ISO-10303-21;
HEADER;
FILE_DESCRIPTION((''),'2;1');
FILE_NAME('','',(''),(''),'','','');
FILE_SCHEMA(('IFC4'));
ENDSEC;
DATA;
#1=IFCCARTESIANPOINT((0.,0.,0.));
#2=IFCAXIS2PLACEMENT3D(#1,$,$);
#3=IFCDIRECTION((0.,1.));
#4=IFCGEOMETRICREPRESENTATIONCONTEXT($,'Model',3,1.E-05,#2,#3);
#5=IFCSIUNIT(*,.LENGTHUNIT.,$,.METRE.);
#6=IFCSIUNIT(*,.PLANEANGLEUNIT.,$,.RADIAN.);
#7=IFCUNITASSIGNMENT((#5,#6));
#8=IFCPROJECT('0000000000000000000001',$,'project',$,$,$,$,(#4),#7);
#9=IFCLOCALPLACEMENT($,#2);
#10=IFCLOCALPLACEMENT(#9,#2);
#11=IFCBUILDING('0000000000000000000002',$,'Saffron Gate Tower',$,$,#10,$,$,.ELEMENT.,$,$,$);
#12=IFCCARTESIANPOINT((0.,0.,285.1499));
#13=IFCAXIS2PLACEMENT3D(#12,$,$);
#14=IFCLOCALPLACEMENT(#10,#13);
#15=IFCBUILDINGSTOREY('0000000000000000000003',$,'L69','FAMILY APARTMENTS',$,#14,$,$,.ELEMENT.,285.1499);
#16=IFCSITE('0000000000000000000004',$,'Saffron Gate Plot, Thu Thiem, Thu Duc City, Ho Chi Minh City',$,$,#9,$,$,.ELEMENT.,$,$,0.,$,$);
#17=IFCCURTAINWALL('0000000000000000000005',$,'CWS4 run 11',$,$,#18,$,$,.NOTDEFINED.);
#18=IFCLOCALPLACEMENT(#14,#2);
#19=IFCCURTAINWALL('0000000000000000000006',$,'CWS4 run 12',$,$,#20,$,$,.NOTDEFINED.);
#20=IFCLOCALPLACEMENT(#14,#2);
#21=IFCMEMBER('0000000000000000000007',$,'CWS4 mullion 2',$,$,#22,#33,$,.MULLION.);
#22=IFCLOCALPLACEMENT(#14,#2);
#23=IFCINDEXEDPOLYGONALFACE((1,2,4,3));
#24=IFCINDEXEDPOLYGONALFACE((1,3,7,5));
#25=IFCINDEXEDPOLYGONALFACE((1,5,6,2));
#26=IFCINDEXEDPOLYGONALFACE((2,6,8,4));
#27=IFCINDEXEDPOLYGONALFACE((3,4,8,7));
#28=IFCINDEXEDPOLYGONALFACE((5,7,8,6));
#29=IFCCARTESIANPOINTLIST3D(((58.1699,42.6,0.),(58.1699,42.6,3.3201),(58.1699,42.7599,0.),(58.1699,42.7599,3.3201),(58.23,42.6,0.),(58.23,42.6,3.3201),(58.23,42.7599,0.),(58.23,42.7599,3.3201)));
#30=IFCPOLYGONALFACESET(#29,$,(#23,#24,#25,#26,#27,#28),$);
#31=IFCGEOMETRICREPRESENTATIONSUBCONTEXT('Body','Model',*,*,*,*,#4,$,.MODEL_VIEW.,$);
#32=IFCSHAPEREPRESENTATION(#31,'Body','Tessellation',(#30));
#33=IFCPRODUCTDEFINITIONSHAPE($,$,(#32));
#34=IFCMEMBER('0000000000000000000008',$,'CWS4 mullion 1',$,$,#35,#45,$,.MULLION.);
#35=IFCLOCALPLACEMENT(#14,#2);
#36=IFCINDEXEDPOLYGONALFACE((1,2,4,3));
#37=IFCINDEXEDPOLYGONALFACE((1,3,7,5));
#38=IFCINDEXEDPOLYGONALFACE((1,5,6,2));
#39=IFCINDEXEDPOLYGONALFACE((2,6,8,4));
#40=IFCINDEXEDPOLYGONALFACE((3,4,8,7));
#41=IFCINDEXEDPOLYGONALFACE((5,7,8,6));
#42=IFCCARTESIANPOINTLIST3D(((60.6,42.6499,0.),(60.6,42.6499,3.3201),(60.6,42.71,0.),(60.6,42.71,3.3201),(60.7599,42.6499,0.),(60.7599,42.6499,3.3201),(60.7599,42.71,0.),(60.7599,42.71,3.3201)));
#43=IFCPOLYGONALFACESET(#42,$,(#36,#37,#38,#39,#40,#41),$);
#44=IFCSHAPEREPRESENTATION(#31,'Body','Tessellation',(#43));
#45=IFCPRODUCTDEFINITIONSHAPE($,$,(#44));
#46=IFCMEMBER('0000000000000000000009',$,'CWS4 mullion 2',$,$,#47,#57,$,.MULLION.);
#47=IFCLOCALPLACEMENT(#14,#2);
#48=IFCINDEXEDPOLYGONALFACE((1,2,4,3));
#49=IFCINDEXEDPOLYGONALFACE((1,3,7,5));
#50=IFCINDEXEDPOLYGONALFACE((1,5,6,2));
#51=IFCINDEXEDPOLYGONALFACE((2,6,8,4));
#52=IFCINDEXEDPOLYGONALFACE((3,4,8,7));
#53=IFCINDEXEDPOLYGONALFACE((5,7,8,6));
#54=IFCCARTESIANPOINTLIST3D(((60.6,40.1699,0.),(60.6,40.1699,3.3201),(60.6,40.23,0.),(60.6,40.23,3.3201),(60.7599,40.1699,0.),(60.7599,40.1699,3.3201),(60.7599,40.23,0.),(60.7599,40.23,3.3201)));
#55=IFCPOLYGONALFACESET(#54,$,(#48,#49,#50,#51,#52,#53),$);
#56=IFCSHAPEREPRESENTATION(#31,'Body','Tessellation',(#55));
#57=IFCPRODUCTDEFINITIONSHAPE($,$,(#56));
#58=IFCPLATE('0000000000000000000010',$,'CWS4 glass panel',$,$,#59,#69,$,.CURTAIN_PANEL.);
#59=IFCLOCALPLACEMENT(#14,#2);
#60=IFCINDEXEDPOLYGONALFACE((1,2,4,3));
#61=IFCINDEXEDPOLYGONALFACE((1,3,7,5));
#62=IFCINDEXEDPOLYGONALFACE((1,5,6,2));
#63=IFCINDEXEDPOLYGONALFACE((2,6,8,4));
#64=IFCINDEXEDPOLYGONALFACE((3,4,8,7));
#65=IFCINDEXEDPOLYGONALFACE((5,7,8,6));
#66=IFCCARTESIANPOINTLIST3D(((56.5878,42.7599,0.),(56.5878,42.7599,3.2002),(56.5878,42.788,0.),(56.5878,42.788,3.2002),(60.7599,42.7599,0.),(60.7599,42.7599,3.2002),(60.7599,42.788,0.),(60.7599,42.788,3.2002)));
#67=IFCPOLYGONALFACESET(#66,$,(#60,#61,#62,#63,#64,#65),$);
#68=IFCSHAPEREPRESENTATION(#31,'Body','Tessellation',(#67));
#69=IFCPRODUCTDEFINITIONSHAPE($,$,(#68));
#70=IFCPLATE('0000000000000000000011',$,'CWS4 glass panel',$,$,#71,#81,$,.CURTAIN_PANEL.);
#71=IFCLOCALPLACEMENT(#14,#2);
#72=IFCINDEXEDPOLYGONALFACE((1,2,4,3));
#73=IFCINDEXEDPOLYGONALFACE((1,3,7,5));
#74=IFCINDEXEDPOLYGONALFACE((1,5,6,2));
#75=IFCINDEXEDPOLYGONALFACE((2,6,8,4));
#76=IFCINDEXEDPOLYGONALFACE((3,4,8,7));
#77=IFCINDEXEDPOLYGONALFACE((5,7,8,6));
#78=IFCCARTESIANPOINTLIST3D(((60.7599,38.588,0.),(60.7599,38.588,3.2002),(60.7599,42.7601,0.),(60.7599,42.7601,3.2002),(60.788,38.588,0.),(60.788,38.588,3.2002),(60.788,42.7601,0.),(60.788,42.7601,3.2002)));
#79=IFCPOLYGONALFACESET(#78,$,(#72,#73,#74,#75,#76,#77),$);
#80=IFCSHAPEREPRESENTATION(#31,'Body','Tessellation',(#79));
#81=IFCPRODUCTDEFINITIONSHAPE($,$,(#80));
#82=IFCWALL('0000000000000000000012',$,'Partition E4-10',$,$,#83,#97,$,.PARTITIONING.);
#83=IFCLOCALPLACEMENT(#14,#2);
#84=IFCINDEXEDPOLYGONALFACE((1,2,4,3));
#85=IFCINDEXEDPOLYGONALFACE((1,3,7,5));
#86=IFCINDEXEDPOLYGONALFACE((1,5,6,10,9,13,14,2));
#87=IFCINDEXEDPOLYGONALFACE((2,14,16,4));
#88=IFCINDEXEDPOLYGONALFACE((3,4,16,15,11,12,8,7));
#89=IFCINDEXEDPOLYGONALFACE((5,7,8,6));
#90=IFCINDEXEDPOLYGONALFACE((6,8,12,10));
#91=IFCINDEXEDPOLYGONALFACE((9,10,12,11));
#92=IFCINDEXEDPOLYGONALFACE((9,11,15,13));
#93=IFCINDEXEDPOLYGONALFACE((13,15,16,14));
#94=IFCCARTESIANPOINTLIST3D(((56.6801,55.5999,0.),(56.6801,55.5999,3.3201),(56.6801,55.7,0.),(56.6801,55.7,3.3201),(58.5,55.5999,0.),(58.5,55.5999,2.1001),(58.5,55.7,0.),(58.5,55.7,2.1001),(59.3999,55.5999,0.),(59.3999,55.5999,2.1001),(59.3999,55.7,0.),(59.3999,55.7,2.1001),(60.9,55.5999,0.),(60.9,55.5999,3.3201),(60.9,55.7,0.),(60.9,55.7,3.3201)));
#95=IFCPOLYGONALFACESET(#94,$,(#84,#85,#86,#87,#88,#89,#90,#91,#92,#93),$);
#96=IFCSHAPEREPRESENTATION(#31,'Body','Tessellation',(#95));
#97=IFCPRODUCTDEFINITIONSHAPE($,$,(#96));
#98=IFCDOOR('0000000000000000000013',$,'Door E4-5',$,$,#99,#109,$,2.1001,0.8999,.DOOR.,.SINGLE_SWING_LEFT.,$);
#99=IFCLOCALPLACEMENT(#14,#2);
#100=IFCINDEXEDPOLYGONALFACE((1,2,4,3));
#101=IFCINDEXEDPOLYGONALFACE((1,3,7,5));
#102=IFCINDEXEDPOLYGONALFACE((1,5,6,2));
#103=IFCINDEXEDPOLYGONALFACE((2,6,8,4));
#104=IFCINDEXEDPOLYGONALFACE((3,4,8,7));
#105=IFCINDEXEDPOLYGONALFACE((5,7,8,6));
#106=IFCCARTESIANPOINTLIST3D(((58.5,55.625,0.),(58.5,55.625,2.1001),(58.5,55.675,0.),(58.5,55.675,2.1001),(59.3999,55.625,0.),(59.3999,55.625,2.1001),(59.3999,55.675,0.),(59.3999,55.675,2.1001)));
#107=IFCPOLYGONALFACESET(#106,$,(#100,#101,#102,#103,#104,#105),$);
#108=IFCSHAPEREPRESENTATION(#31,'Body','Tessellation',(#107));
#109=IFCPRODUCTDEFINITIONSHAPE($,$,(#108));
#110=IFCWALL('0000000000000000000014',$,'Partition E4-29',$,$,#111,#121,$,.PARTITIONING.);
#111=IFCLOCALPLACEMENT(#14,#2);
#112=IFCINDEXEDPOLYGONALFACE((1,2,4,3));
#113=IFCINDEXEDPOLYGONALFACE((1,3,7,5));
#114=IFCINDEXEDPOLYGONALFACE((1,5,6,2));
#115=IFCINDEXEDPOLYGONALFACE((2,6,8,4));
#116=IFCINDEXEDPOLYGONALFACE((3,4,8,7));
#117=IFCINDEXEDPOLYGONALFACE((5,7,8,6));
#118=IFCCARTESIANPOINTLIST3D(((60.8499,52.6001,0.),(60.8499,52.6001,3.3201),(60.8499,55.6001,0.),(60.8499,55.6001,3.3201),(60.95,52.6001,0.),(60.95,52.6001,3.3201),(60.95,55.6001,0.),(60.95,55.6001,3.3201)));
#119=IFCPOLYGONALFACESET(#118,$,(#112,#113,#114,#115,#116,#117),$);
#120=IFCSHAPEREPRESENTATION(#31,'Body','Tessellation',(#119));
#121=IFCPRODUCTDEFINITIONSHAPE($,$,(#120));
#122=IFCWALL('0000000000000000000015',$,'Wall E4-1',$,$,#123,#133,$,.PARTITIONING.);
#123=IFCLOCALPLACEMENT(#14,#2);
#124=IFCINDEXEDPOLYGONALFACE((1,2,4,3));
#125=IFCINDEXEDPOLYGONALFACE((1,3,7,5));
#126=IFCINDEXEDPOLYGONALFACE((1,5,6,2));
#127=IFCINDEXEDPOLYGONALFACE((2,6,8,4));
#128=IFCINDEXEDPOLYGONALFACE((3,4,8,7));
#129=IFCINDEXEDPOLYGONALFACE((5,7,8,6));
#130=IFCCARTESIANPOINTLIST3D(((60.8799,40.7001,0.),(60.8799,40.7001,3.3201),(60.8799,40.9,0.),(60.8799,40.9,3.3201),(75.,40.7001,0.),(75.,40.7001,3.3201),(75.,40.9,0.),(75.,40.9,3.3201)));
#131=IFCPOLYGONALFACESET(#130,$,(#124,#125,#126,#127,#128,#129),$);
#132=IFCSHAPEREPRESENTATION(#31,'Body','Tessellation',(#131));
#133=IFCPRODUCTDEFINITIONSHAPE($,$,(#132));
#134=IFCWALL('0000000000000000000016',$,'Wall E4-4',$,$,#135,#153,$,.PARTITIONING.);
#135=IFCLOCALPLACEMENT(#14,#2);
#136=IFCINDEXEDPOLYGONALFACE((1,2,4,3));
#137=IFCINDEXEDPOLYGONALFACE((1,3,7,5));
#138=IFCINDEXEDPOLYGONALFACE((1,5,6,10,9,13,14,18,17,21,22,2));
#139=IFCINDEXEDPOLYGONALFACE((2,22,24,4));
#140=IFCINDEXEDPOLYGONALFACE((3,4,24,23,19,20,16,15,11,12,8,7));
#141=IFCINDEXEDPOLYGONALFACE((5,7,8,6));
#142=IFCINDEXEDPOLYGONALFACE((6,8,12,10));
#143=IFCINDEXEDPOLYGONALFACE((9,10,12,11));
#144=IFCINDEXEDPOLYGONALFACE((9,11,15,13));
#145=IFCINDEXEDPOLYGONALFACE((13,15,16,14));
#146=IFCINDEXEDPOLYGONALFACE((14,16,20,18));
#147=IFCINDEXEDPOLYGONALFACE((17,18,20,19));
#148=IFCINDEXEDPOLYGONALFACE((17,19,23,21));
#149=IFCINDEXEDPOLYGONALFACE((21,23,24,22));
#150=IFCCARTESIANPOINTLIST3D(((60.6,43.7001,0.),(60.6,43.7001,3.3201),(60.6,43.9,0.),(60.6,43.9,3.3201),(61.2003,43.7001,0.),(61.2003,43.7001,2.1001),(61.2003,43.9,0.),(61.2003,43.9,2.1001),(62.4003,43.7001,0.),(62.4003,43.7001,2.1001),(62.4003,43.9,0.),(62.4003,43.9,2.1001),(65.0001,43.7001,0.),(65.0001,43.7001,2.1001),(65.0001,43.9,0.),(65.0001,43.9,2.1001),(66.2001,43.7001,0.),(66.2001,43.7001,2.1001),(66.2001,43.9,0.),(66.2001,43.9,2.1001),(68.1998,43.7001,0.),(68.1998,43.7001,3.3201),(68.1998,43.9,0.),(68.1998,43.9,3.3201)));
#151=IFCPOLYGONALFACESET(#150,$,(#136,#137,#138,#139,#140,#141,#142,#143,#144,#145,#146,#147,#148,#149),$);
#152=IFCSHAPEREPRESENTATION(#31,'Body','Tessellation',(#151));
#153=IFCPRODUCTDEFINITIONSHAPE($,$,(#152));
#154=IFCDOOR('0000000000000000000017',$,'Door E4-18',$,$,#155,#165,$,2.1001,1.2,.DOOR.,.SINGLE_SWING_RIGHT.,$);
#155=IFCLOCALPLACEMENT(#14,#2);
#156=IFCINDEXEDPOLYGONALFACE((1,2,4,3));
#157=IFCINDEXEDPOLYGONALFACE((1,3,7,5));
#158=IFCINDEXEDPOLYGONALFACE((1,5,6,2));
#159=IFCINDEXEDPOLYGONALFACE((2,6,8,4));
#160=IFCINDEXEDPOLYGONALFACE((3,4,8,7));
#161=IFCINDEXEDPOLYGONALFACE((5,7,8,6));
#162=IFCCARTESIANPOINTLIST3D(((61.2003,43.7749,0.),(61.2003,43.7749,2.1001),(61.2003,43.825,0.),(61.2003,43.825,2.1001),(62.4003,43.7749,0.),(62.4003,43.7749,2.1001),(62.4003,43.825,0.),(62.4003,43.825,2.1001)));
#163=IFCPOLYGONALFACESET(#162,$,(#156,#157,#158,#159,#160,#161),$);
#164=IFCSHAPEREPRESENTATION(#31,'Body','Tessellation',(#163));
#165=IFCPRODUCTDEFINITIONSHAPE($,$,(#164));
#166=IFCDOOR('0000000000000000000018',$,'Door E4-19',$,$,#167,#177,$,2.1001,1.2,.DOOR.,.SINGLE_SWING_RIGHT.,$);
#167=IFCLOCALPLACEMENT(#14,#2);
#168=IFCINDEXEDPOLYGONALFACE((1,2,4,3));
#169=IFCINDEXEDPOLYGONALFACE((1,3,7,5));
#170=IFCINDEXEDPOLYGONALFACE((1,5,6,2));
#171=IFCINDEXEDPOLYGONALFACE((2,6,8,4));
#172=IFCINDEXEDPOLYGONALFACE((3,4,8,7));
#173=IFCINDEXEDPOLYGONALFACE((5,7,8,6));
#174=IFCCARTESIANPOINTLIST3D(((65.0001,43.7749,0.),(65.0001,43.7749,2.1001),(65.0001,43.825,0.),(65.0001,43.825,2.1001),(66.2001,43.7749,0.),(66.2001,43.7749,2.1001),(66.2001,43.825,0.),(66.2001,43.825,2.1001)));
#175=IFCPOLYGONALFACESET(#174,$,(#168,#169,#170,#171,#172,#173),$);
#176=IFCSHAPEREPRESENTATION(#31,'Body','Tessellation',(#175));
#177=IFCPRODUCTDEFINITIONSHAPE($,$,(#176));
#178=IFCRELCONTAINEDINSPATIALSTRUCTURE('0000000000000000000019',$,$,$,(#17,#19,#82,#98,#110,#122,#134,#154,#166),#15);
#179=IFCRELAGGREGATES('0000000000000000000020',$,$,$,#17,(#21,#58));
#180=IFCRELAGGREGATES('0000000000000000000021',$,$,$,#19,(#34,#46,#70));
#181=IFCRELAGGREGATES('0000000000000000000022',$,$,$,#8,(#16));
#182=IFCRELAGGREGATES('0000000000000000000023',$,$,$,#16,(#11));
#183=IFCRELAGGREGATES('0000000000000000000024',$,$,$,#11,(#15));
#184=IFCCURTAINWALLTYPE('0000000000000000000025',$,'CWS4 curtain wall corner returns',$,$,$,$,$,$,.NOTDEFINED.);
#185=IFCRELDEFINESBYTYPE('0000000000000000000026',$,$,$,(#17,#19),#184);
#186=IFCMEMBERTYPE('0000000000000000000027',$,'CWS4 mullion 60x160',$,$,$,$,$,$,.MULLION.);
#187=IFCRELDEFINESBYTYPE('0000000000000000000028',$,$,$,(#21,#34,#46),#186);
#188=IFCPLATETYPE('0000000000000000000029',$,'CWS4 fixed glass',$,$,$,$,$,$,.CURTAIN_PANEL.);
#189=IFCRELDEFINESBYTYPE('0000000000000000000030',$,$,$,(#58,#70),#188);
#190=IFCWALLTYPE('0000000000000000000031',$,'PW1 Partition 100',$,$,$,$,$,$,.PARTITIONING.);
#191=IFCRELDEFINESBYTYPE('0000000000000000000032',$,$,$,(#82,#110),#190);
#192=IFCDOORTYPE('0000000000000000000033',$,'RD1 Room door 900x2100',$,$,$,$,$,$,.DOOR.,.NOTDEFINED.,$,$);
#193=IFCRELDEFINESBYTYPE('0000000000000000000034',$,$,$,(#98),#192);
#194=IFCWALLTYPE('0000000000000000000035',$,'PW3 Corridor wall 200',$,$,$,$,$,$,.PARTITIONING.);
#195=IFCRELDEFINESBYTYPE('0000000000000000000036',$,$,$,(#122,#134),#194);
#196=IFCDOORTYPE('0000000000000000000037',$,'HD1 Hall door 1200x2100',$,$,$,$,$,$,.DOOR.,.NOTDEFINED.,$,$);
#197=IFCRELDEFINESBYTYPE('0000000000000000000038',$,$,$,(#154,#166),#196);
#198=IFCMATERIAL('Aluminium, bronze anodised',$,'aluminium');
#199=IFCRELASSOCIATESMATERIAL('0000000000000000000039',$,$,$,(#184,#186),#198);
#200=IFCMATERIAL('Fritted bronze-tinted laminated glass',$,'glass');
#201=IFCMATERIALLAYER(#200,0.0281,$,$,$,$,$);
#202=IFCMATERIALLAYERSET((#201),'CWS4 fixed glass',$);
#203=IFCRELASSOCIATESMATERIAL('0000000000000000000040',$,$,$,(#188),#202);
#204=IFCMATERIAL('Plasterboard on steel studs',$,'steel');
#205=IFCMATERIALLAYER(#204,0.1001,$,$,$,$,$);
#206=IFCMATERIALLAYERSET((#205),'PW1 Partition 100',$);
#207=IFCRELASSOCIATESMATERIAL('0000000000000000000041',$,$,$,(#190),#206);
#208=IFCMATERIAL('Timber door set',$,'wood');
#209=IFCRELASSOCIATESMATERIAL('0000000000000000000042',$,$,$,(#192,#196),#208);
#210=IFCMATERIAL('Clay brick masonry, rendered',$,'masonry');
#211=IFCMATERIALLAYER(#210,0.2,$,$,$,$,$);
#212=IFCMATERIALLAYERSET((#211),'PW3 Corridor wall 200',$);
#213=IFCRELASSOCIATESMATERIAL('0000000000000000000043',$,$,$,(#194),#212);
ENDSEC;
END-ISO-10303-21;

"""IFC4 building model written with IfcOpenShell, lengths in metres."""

from ifc_helpers import new_model, si_unit, direction, frame, frame_2d, origin, origin_2d, place, context, subcontext, project, spatial, rectangle, extrude, material, layer, layer_set, material_profile, profile_set, type_object, element, fill, aggregate, save


model = new_model("IFC4")

# Units and contexts
model_context = context("Model", 3, precision=1e-05, world=origin(), true_north=direction((0.0, 1.0)))
body_context = subcontext(model_context, "Body", "Model", "MODEL_VIEW")
ifc_project = project(units=[si_unit("LENGTHUNIT", "METRE"), si_unit("PLANEANGLEUNIT", "RADIAN")], contexts=[model_context])

# Site, building, storey
site_placement = place(None, origin())
site = spatial("IfcSite", under=ifc_project, at=site_placement, Name="Saffron Gate Plot, Thu Thiem, Thu Duc City, Ho Chi Minh City", CompositionType="ELEMENT", RefElevation=0.0)
building_placement = place(site_placement, origin())
building = spatial("IfcBuilding", under=site, at=building_placement, Name="Saffron Gate Tower", CompositionType="ELEMENT")
storey_placement = place(building_placement, frame((0.0, 0.0, 285.1499)))
storey = spatial("IfcBuildingStorey", under=building, at=storey_placement, Name="L69", Description="FAMILY APARTMENTS", CompositionType="ELEMENT", Elevation=285.1499)

# Shared definitions
ifc_material_1 = material(Name="Aluminium, bronze anodised", Category="aluminium")

# Curtain walls
curtain_wall_type_1 = type_object("IfcCurtainWallType", Name="CWS4 curtain wall corner returns", PredefinedType="NOTDEFINED", material=ifc_material_1)
curtain_wall_1_placement = place(storey_placement, origin())
curtain_wall_1 = element("IfcCurtainWall", 1, at=curtain_wall_1_placement, inside=storey, type_object=curtain_wall_type_1, Name="CWS4 run 11", PredefinedType="NOTDEFINED")
curtain_wall_2_placement = place(storey_placement, origin())
curtain_wall_2 = element("IfcCurtainWall", 2, at=curtain_wall_2_placement, inside=storey, type_object=curtain_wall_type_1, Name="CWS4 run 12", PredefinedType="NOTDEFINED")

# Members
ifc_material_profile_1 = material_profile(ifc_material_1, rectangle(XDim=0.1599, YDim=0.0601, at=origin_2d()))
ifc_profile_set_1 = profile_set([ifc_material_profile_1], Name="Aluminium, bronze anodised")
member_type_1 = type_object("IfcMemberType", Name="CWS4 mullion 60x160", PredefinedType="MULLION", material=ifc_profile_set_1)
member_1_placement = place(storey_placement, frame((58.2, 42.6799, 0.0), z_axis=(0.0, 0.0, 1.0), x_axis=(0.0, 1.0, 0.0)))
member_1 = element("IfcMember", 3, at=member_1_placement, type_object=member_type_1, Name="CWS4 mullion 2", PredefinedType="MULLION", context=body_context, shape_type="SweptSolid", body=[
    extrude(rectangle(XDim=0.1599, YDim=0.0601, at=origin_2d()), origin(), (0.0, 0.0, 1.0), 3.3201),
])
member_2_placement = place(storey_placement, frame((60.6799, 42.6799, 0.0), z_axis=(0.0, 0.0, 1.0), x_axis=(1.0, 0.0, 0.0)))
member_2 = element("IfcMember", 4, at=member_2_placement, type_object=member_type_1, Name="CWS4 mullion 1", PredefinedType="MULLION", context=body_context, shape_type="SweptSolid", body=[
    extrude(rectangle(XDim=0.1599, YDim=0.0601, at=origin_2d()), origin(), (0.0, 0.0, 1.0), 3.3201),
])
member_3_placement = place(storey_placement, frame((60.6799, 40.2, 0.0), z_axis=(0.0, 0.0, 1.0), x_axis=(1.0, 0.0, 0.0)))
member_3 = element("IfcMember", 5, at=member_3_placement, type_object=member_type_1, Name="CWS4 mullion 2", PredefinedType="MULLION", context=body_context, shape_type="SweptSolid", body=[
    extrude(rectangle(XDim=0.1599, YDim=0.0601, at=origin_2d()), origin(), (0.0, 0.0, 1.0), 3.3201),
])

# Plates
ifc_material_2 = material(Name="Fritted bronze-tinted laminated glass", Category="glass")
ifc_layer_1 = layer(ifc_material_2, 0.0281)
ifc_layer_set_1 = layer_set([ifc_layer_1], Name="CWS4 fixed glass")
plate_type = type_object("IfcPlateType", Name="CWS4 fixed glass", PredefinedType="CURTAIN_PANEL", material=ifc_layer_set_1)
plate_1_placement = place(storey_placement, frame((56.5879, 42.7739, 0.0), z_axis=(0.0, 0.0, 1.0), x_axis=(1.0, 0.0, 0.0)))
plate_1 = element("IfcPlate", 6, at=plate_1_placement, type_object=plate_type, Name="CWS4 glass panel", PredefinedType="CURTAIN_PANEL", context=body_context, shape_type="SweptSolid", body=[
    extrude(rectangle(XDim=4.1721, YDim=0.0281, at=frame_2d((2.0859, 0.0))), origin(), (0.0, 0.0, 1.0), 3.2002),
])
aggregate(curtain_wall_1, [member_1, plate_1])
plate_2_placement = place(storey_placement, frame((60.7739, 42.76, 0.0), z_axis=(0.0, 0.0, 1.0), x_axis=(0.0, -1.0, 0.0)))
plate_2 = element("IfcPlate", 7, at=plate_2_placement, type_object=plate_type, Name="CWS4 glass panel", PredefinedType="CURTAIN_PANEL", context=body_context, shape_type="SweptSolid", body=[
    extrude(rectangle(XDim=4.1721, YDim=0.0281, at=frame_2d((2.0859, 0.0))), origin(), (0.0, 0.0, 1.0), 3.2002),
])
aggregate(curtain_wall_2, [member_2, member_3, plate_2])

# Wall, opening, door
ifc_material_3 = material(Name="Plasterboard on steel studs", Category="steel")
ifc_layer_2 = layer(ifc_material_3, 0.1001)
ifc_layer_set_2 = layer_set([ifc_layer_2], Name="PW1 Partition 100")
wall_type_1 = type_object("IfcWallType", Name="PW1 Partition 100", PredefinedType="PARTITIONING", material=ifc_layer_set_2)
wall_1_placement = place(storey_placement, frame((60.8999, 55.6499, 0.0), z_axis=(0.0, 0.0, 1.0), x_axis=(-1.0, 0.0, 0.0)))
wall_1 = element("IfcWall", 8, at=wall_1_placement, inside=storey, type_object=wall_type_1, Name="Partition E4-10", PredefinedType="PARTITIONING", context=body_context, shape_type="SweptSolid", body=[
    extrude(rectangle(XDim=4.22, YDim=0.1001, at=frame_2d((2.1099, 0.0))), origin(), (0.0, 0.0, 1.0), 3.3201),
])
opening_1_placement = place(wall_1_placement, frame((1.5, 0.0, 0.0)))
opening_1 = element("IfcOpeningElement", 9, at=opening_1_placement, cuts=wall_1, PredefinedType="OPENING", context=body_context, shape_type="SweptSolid", body=[
    extrude(rectangle(XDim=0.8999, YDim=2.1001, at=frame_2d((0.45, 1.05))), frame((0.0, 0.0601, 0.0), z_axis=(0.0, -1.0, 0.0), x_axis=(1.0, 0.0, 0.0)), (0.0, 0.0, 1.0), 0.1201),
])
ifc_material_4 = material(Name="Timber door set", Category="wood")
door_type_1 = type_object("IfcDoorType", Name="RD1 Room door 900x2100", OperationType="NOTDEFINED", PredefinedType="DOOR", material=ifc_material_4)
door_1_placement = place(opening_1_placement, origin())
door_1 = element("IfcDoor", 10, at=door_1_placement, inside=storey, type_object=door_type_1, Name="Door E4-5", OperationType="SINGLE_SWING_LEFT", OverallHeight=2.1001, OverallWidth=0.8999, PredefinedType="DOOR", context=body_context, shape_type="SweptSolid", body=[
    extrude(rectangle(XDim=0.8999, YDim=2.1001, at=frame_2d((0.45, 1.05))), frame((0.0, 0.0249, 0.0), z_axis=(0.0, -1.0, 0.0), x_axis=(1.0, 0.0, 0.0)), (0.0, 0.0, 1.0), 0.05),
])
fill(opening_1, door_1)

# Walls
wall_2_placement = place(storey_placement, frame((60.8999, 55.6001, 0.0), z_axis=(0.0, 0.0, 1.0), x_axis=(0.0, -1.0, 0.0)))
element("IfcWall", 11, at=wall_2_placement, inside=storey, type_object=wall_type_1, Name="Partition E4-29", PredefinedType="PARTITIONING", context=body_context, shape_type="SweptSolid", body=[
    extrude(rectangle(XDim=3.0, YDim=0.1001, at=frame_2d((1.5, 0.0))), origin(), (0.0, 0.0, 1.0), 3.3201),
])
ifc_material_5 = material(Name="Clay brick masonry, rendered", Category="masonry")
ifc_layer_3 = layer(ifc_material_5, 0.2)
ifc_layer_set_3 = layer_set([ifc_layer_3], Name="PW3 Corridor wall 200")
wall_type_2 = type_object("IfcWallType", Name="PW3 Corridor wall 200", PredefinedType="PARTITIONING", material=ifc_layer_set_3)
wall_3_placement = place(storey_placement, frame((60.8799, 40.8, 0.0), z_axis=(0.0, 0.0, 1.0), x_axis=(1.0, 0.0, 0.0)))
element("IfcWall", 12, at=wall_3_placement, inside=storey, type_object=wall_type_2, Name="Wall E4-1", PredefinedType="PARTITIONING", context=body_context, shape_type="SweptSolid", body=[
    extrude(rectangle(XDim=14.1201, YDim=0.2, at=frame_2d((7.0601, 0.0))), origin(), (0.0, 0.0, 1.0), 3.3201),
])

# Wall, openings, doors
wall_4_placement = place(storey_placement, frame((60.6001, 43.8, 0.0), z_axis=(0.0, 0.0, 1.0), x_axis=(1.0, 0.0, 0.0)))
wall_4 = element("IfcWall", 13, at=wall_4_placement, inside=storey, type_object=wall_type_2, Name="Wall E4-4", PredefinedType="PARTITIONING", context=body_context, shape_type="SweptSolid", body=[
    extrude(rectangle(XDim=7.5999, YDim=0.2, at=frame_2d((3.7998, 0.0))), origin(), (0.0, 0.0, 1.0), 3.3201),
])
opening_2_placement = place(wall_4_placement, frame((0.6001, 0.0, 0.0)))
opening_2 = element("IfcOpeningElement", 14, at=opening_2_placement, cuts=wall_4, PredefinedType="OPENING", context=body_context, shape_type="SweptSolid", body=[
    extrude(rectangle(XDim=1.2, YDim=2.1001, at=frame_2d((0.6001, 1.05))), frame((0.0, 0.1099, 0.0), z_axis=(0.0, -1.0, 0.0), x_axis=(1.0, 0.0, 0.0)), (0.0, 0.0, 1.0), 0.22),
])
opening_3_placement = place(wall_4_placement, frame((4.3999, 0.0, 0.0)))
opening_3 = element("IfcOpeningElement", 15, at=opening_3_placement, cuts=wall_4, PredefinedType="OPENING", context=body_context, shape_type="SweptSolid", body=[
    extrude(rectangle(XDim=1.2, YDim=2.1001, at=frame_2d((0.6001, 1.05))), frame((0.0, 0.1099, 0.0), z_axis=(0.0, -1.0, 0.0), x_axis=(1.0, 0.0, 0.0)), (0.0, 0.0, 1.0), 0.22),
])
door_type_2 = type_object("IfcDoorType", Name="HD1 Hall door 1200x2100", OperationType="NOTDEFINED", PredefinedType="DOOR", material=ifc_material_4)
door_2_placement = place(opening_2_placement, origin())
door_2 = element("IfcDoor", 16, at=door_2_placement, inside=storey, type_object=door_type_2, Name="Door E4-18", OperationType="SINGLE_SWING_RIGHT", OverallHeight=2.1001, OverallWidth=1.2, PredefinedType="DOOR", context=body_context, shape_type="SweptSolid", body=[
    extrude(rectangle(XDim=1.2, YDim=2.1001, at=frame_2d((0.6001, 1.05))), frame((0.0, 0.0249, 0.0), z_axis=(0.0, -1.0, 0.0), x_axis=(1.0, 0.0, 0.0)), (0.0, 0.0, 1.0), 0.05),
])
fill(opening_2, door_2)
door_3_placement = place(opening_3_placement, origin())
door_3 = element("IfcDoor", 17, at=door_3_placement, inside=storey, type_object=door_type_2, Name="Door E4-19", OperationType="SINGLE_SWING_RIGHT", OverallHeight=2.1001, OverallWidth=1.2, PredefinedType="DOOR", context=body_context, shape_type="SweptSolid", body=[
    extrude(rectangle(XDim=1.2, YDim=2.1001, at=frame_2d((0.6001, 1.05))), frame((0.0, 0.0249, 0.0), z_axis=(0.0, -1.0, 0.0), x_axis=(1.0, 0.0, 0.0)), (0.0, 0.0, 1.0), 0.05),
])
fill(opening_3, door_3)

save(model, "model.ifc")
